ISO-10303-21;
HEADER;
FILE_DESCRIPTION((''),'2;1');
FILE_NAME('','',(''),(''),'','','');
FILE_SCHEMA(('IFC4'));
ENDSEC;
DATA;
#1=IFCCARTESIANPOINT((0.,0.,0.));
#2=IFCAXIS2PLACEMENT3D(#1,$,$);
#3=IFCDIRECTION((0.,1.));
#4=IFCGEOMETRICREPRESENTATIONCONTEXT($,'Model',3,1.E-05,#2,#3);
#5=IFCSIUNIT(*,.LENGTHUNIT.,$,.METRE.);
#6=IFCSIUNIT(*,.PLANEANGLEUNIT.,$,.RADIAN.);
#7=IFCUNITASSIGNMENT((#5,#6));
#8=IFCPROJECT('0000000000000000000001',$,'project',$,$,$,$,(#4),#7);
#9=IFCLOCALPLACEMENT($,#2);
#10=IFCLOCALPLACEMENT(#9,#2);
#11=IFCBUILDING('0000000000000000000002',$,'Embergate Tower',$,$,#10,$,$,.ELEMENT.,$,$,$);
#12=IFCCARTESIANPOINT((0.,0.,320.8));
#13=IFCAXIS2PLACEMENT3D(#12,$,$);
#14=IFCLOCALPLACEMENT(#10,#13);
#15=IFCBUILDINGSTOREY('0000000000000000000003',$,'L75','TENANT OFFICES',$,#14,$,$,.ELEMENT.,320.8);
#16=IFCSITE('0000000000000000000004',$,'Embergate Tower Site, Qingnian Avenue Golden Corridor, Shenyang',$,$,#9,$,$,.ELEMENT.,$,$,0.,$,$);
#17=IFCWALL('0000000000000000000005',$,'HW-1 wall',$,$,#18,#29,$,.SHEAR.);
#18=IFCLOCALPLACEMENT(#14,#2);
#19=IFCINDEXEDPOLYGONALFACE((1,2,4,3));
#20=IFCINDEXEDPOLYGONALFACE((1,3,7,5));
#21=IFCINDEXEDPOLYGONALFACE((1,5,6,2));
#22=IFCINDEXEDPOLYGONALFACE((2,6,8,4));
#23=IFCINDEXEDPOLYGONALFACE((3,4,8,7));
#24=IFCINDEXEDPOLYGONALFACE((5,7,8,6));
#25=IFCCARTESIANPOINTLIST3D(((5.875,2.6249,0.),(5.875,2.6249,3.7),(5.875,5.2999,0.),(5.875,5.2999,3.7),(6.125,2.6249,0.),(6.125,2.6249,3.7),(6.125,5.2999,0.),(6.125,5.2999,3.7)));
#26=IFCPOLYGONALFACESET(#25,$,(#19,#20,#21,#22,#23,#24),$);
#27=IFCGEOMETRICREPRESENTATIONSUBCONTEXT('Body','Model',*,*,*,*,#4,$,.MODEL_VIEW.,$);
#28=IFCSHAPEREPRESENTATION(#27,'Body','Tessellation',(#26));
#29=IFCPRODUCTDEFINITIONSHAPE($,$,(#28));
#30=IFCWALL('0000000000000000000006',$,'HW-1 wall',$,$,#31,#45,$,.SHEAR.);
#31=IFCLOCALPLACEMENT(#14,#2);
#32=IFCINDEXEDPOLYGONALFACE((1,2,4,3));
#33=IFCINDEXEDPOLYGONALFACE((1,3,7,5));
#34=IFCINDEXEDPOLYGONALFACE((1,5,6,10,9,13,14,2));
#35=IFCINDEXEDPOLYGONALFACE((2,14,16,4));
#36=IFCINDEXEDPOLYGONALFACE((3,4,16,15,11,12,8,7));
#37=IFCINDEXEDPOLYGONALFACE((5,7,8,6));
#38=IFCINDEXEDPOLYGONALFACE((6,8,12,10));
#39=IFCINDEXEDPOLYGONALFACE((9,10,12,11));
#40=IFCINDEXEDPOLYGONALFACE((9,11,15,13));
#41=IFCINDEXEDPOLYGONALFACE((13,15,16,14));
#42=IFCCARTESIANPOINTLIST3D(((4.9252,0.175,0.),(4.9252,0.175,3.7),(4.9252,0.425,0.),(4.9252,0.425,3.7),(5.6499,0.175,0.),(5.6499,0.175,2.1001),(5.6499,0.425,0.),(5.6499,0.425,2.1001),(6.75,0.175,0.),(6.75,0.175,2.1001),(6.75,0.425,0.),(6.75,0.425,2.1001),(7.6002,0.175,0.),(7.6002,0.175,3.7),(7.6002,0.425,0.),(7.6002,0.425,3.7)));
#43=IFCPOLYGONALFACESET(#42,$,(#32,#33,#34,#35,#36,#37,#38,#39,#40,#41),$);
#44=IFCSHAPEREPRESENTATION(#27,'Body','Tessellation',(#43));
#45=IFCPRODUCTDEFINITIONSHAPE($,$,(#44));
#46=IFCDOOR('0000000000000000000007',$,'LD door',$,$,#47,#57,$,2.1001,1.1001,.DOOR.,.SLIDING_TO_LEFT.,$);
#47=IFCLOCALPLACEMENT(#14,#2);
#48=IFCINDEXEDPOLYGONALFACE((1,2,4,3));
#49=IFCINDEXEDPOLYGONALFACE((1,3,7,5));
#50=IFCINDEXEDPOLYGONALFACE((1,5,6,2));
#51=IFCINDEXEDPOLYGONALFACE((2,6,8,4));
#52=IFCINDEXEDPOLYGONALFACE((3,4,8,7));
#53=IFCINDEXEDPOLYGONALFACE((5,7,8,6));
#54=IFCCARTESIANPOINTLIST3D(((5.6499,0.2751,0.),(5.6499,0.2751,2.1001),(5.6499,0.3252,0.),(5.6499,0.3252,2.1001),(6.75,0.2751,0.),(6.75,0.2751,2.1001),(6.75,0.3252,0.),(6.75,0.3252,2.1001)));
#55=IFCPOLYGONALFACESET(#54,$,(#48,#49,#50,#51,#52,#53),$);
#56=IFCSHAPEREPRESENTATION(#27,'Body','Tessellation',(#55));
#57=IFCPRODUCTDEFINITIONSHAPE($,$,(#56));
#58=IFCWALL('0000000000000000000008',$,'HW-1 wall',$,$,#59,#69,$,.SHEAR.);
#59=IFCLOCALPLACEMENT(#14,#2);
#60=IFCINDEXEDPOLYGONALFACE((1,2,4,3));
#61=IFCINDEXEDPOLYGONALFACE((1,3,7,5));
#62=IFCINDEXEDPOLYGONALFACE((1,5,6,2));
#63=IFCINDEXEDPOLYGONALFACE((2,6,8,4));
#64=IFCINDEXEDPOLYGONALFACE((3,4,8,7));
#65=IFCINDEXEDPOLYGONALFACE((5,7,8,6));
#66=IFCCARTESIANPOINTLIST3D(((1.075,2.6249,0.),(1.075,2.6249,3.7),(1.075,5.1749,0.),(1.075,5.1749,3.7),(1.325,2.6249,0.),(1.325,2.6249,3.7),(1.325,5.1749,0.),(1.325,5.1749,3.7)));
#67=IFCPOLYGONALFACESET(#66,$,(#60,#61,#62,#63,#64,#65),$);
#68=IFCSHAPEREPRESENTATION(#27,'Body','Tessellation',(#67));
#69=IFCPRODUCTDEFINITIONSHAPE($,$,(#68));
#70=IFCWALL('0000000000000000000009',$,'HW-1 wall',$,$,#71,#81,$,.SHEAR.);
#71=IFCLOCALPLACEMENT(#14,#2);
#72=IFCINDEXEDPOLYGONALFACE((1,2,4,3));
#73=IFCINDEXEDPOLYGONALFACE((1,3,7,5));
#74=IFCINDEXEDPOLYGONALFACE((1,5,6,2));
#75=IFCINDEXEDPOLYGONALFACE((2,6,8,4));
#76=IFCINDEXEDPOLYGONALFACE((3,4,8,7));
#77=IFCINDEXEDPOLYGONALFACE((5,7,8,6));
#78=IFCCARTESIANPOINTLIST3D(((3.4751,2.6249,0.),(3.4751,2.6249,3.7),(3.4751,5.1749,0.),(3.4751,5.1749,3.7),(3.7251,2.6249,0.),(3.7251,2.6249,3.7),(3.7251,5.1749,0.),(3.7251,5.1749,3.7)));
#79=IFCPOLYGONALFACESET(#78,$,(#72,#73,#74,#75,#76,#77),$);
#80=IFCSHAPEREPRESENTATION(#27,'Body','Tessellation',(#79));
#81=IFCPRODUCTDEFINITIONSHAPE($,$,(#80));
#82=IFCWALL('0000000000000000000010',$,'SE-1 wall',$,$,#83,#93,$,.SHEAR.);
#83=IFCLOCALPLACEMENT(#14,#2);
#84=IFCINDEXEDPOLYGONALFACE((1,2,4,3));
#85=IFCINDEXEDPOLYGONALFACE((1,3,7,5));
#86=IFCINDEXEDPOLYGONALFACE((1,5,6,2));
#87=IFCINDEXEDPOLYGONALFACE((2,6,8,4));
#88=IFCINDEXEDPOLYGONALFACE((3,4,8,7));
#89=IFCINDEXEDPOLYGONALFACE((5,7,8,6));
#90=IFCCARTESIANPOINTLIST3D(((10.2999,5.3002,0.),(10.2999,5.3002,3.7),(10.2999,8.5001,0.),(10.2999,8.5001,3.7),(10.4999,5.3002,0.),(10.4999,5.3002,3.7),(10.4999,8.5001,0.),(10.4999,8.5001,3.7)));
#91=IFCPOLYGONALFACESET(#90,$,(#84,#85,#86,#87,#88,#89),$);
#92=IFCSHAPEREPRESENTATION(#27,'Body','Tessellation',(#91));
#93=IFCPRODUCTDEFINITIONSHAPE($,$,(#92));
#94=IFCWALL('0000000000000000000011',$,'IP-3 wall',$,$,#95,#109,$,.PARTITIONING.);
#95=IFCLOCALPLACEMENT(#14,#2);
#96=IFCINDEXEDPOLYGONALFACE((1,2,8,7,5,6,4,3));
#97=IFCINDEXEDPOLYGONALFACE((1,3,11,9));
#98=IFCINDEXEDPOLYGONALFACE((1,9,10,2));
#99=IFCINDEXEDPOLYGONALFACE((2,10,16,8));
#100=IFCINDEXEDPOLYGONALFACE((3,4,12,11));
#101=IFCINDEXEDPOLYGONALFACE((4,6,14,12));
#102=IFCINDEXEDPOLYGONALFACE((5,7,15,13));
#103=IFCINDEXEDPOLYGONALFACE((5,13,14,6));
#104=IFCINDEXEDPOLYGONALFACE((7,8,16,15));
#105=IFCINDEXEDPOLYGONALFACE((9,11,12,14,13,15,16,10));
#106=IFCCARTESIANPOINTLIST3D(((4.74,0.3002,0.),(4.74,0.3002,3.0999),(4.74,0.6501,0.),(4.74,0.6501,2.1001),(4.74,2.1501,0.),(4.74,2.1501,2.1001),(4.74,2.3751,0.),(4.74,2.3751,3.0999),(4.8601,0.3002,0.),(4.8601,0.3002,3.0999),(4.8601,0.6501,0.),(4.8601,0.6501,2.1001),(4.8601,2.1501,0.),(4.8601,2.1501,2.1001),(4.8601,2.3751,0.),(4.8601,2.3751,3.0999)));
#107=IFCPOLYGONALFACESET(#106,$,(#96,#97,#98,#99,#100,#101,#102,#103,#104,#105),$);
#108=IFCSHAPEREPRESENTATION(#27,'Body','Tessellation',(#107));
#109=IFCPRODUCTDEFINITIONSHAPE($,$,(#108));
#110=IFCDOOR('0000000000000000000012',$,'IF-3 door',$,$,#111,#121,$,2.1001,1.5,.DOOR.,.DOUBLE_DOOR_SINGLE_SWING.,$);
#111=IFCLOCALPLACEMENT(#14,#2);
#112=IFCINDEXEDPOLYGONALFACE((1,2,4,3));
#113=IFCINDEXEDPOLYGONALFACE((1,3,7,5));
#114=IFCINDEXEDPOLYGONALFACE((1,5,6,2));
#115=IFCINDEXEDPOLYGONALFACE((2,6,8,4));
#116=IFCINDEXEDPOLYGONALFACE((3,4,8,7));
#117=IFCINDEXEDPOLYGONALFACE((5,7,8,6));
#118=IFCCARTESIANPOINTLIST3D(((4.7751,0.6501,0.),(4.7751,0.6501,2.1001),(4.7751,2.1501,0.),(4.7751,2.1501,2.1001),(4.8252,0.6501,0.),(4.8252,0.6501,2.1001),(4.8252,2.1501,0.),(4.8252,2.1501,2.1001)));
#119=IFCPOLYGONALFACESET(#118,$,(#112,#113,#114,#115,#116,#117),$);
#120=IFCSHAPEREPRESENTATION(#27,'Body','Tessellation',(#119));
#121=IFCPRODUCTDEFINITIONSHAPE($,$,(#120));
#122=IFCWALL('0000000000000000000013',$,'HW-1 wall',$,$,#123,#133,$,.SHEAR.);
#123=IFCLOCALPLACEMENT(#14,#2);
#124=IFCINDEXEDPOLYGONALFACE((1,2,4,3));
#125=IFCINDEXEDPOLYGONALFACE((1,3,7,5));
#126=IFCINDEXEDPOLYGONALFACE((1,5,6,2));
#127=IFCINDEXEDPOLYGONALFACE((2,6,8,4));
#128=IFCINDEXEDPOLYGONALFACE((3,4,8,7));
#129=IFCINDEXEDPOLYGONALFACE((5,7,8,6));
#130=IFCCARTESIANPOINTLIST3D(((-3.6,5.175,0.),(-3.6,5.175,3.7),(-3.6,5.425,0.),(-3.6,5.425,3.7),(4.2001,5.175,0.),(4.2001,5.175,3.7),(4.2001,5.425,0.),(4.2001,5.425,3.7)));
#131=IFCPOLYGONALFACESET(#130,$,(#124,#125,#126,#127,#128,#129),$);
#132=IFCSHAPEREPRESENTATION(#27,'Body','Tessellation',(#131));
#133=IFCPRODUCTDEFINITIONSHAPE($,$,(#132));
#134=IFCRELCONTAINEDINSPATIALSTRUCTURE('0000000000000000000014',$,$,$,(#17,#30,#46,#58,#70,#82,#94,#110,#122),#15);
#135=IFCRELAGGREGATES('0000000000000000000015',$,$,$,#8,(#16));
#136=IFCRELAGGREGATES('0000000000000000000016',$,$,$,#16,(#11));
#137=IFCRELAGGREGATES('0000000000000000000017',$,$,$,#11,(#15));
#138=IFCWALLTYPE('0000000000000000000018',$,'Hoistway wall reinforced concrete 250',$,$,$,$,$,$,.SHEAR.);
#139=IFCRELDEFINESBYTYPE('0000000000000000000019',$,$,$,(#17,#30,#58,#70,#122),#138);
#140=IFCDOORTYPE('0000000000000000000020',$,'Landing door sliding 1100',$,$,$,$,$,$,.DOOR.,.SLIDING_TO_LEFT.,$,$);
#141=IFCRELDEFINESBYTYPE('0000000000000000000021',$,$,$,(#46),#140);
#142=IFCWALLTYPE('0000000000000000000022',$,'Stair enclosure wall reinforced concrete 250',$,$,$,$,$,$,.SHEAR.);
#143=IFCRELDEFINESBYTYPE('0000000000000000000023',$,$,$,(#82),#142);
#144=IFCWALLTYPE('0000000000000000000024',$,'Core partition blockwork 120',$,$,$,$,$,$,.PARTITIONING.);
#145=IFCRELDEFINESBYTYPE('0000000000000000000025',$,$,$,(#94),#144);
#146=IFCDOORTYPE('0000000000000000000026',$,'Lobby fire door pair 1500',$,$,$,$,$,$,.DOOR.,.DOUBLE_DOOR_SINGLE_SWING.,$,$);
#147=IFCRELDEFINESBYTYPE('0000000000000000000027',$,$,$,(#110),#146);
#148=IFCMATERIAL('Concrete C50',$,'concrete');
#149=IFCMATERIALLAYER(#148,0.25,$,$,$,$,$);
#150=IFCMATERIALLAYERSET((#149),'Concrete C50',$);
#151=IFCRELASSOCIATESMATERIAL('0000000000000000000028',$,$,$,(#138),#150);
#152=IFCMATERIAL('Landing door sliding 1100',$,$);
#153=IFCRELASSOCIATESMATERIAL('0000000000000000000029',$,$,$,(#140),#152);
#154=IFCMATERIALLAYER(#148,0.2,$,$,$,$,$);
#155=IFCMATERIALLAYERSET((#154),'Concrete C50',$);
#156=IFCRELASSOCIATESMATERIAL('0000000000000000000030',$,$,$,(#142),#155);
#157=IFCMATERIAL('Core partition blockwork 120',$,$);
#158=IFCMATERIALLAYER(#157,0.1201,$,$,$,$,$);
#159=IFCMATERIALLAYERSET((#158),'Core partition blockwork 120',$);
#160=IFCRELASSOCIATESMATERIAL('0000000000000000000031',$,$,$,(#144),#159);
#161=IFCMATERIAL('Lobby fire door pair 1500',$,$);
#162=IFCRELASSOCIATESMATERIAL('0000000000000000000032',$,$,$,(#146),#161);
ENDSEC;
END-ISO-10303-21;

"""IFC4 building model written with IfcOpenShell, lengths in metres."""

from ifc_helpers import new_model, si_unit, direction, frame, frame_2d, origin, place, context, subcontext, project, spatial, rectangle, extrude, source, transform, mapped, material, layer, layer_set, type_object, element, fill, save


model = new_model("IFC4")

# Units and contexts
model_context = context("Model", 3, precision=1e-05, world=origin(), true_north=direction((0.0, 1.0)))
body_context = subcontext(model_context, "Body", "Model", "MODEL_VIEW")
ifc_project = project(units=[si_unit("LENGTHUNIT", "METRE"), si_unit("PLANEANGLEUNIT", "RADIAN")], contexts=[model_context])

# Site, building, storey
site_placement = place(None, origin())
site = spatial("IfcSite", under=ifc_project, at=site_placement, Name="Embergate Tower Site, Qingnian Avenue Golden Corridor, Shenyang", CompositionType="ELEMENT", RefElevation=0.0)
building_placement = place(site_placement, origin())
building = spatial("IfcBuilding", under=site, at=building_placement, Name="Embergate Tower", CompositionType="ELEMENT")
storey_placement = place(building_placement, frame((0.0, 0.0, 320.8)))
storey = spatial("IfcBuildingStorey", under=building, at=storey_placement, Name="L75", Description="TENANT OFFICES", CompositionType="ELEMENT", Elevation=320.8)

# Wall
ifc_material_1 = material(Name="Concrete C50", Category="concrete")
ifc_layer_1 = layer(ifc_material_1, 0.25)
ifc_layer_set_1 = layer_set([ifc_layer_1], Name="Concrete C50")
wall_type_1 = type_object("IfcWallType", Name="Hoistway wall reinforced concrete 250", PredefinedType="SHEAR", material=ifc_layer_set_1)
shared_shape_1 = source(origin(), body_context, "Body", "SweptSolid", [
    extrude(rectangle(XDim=2.675, YDim=0.25, at=frame_2d((1.3374, 0.0))), origin(), (0.0, 0.0, 1.0), 3.7),
])
wall_1_placement = place(storey_placement, frame((6.0, 2.625, 0.0), z_axis=(0.0, 0.0, 1.0), x_axis=(0.0, 1.0, 0.0)))
element("IfcWall", 1, at=wall_1_placement, inside=storey, type_object=wall_type_1, Name="HW-1 wall", PredefinedType="SHEAR", context=body_context, shape_type="MappedRepresentation", body=[
    mapped(shared_shape_1, transform((0.0, 0.0, 0.0))),
])

# Wall, opening, door
wall_2_placement = place(storey_placement, frame((7.6001, 0.3, 0.0), z_axis=(0.0, 0.0, 1.0), x_axis=(-1.0, 0.0, 0.0)))
wall_2 = element("IfcWall", 2, at=wall_2_placement, inside=storey, type_object=wall_type_1, Name="HW-1 wall", PredefinedType="SHEAR", context=body_context, shape_type="MappedRepresentation", body=[
    mapped(shared_shape_1, transform((0.0, 0.0, 0.0))),
])
shared_shape_2 = source(origin(), body_context, "Body", "SweptSolid", [
    extrude(rectangle(XDim=1.1001, YDim=2.1001, at=frame_2d((0.55, 1.05))), frame((0.0, 0.135, 0.0), z_axis=(0.0, -1.0, 0.0), x_axis=(1.0, 0.0, 0.0)), (0.0, 0.0, 1.0), 0.27),
])
opening_1_placement = place(wall_2_placement, frame((0.8501, 0.0, 0.0)))
opening_1 = element("IfcOpeningElement", 3, at=opening_1_placement, cuts=wall_2, PredefinedType="OPENING", context=body_context, shape_type="MappedRepresentation", body=[
    mapped(shared_shape_2, transform((0.0, 0.0, 0.0))),
])
ifc_material_2 = material(Name="Landing door sliding 1100")
door_type_1 = type_object("IfcDoorType", Name="Landing door sliding 1100", OperationType="SLIDING_TO_LEFT", PredefinedType="DOOR", material=ifc_material_2)
shared_shape_3 = source(origin(), body_context, "Body", "SweptSolid", [
    extrude(rectangle(XDim=1.1001, YDim=2.1001, at=frame_2d((0.55, 1.05))), frame((0.0, 0.0249, 0.0), z_axis=(0.0, -1.0, 0.0), x_axis=(1.0, 0.0, 0.0)), (0.0, 0.0, 1.0), 0.05),
])
door_1_placement = place(opening_1_placement, origin())
door_1 = element("IfcDoor", 4, at=door_1_placement, inside=storey, type_object=door_type_1, Name="LD door", OperationType="SLIDING_TO_LEFT", OverallHeight=2.1001, OverallWidth=1.1001, PredefinedType="DOOR", context=body_context, shape_type="MappedRepresentation", body=[
    mapped(shared_shape_3, transform((0.0, 0.0, 0.0))),
])
fill(opening_1, door_1)

# Walls
shared_shape_4 = source(origin(), body_context, "Body", "SweptSolid", [
    extrude(rectangle(XDim=2.55, YDim=0.25, at=frame_2d((1.2749, 0.0))), origin(), (0.0, 0.0, 1.0), 3.7),
])
for number, where, z_axis, x_axis, name in (
    (5, (1.2, 2.625, 0.0), (0.0, 0.0, 1.0), (0.0, 1.0, 0.0), "HW-1 wall"),
    (6, (3.6001, 2.625, 0.0), (0.0, 0.0, 1.0), (0.0, 1.0, 0.0), "HW-1 wall"),
):
    element("IfcWall", number, at=place(storey_placement, frame(where, z_axis=z_axis, x_axis=x_axis)), inside=storey, type_object=wall_type_1, Name=name, PredefinedType="SHEAR", context=body_context, shape_type="MappedRepresentation", body=[
        mapped(shared_shape_4, transform((0.0, 0.0, 0.0))),
    ])
ifc_layer_2 = layer(ifc_material_1, 0.2)
ifc_layer_set_2 = layer_set([ifc_layer_2], Name="Concrete C50")
wall_type_2 = type_object("IfcWallType", Name="Stair enclosure wall reinforced concrete 250", PredefinedType="SHEAR", material=ifc_layer_set_2)
shared_shape_5 = source(origin(), body_context, "Body", "SweptSolid", [
    extrude(rectangle(XDim=3.2, YDim=0.2, at=frame_2d((1.6001, 0.0))), origin(), (0.0, 0.0, 1.0), 3.7),
])
wall_3_placement = place(storey_placement, frame((10.3999, 5.3, 0.0), z_axis=(0.0, 0.0, 1.0), x_axis=(0.0, 1.0, 0.0)))
element("IfcWall", 7, at=wall_3_placement, inside=storey, type_object=wall_type_2, Name="SE-1 wall", PredefinedType="SHEAR", context=body_context, shape_type="MappedRepresentation", body=[
    mapped(shared_shape_5, transform((0.0, 0.0, 0.0))),
])

# Wall, opening, door
ifc_material_3 = material(Name="Core partition blockwork 120")
ifc_layer_3 = layer(ifc_material_3, 0.1201)
ifc_layer_set_3 = layer_set([ifc_layer_3], Name="Core partition blockwork 120")
wall_type_3 = type_object("IfcWallType", Name="Core partition blockwork 120", PredefinedType="PARTITIONING", material=ifc_layer_set_3)
shared_shape_6 = source(origin(), body_context, "Body", "SweptSolid", [
    extrude(rectangle(XDim=2.075, YDim=0.1201, at=frame_2d((1.0376, 0.0))), origin(), (0.0, 0.0, 1.0), 3.0999),
])
wall_4_placement = place(storey_placement, frame((4.8, 0.3, 0.0), z_axis=(0.0, 0.0, 1.0), x_axis=(0.0, 1.0, 0.0)))
wall_4 = element("IfcWall", 8, at=wall_4_placement, inside=storey, type_object=wall_type_3, Name="IP-3 wall", PredefinedType="PARTITIONING", context=body_context, shape_type="MappedRepresentation", body=[
    mapped(shared_shape_6, transform((0.0, 0.0, 0.0))),
])
shared_shape_7 = source(origin(), body_context, "Body", "SweptSolid", [
    extrude(rectangle(XDim=1.5, YDim=2.1001, at=frame_2d((0.75, 1.05))), frame((0.0, 0.0701, 0.0), z_axis=(0.0, -1.0, 0.0), x_axis=(1.0, 0.0, 0.0)), (0.0, 0.0, 1.0), 0.1401),
])
opening_2_placement = place(wall_4_placement, frame((0.3501, 0.0, 0.0)))
opening_2 = element("IfcOpeningElement", 9, at=opening_2_placement, cuts=wall_4, PredefinedType="OPENING", context=body_context, shape_type="MappedRepresentation", body=[
    mapped(shared_shape_7, transform((0.0, 0.0, 0.0))),
])
ifc_material_4 = material(Name="Lobby fire door pair 1500")
door_type_2 = type_object("IfcDoorType", Name="Lobby fire door pair 1500", OperationType="DOUBLE_DOOR_SINGLE_SWING", PredefinedType="DOOR", material=ifc_material_4)
shared_shape_8 = source(origin(), body_context, "Body", "SweptSolid", [
    extrude(rectangle(XDim=1.5, YDim=2.1001, at=frame_2d((0.75, 1.05))), frame((0.0, 0.0249, 0.0), z_axis=(0.0, -1.0, 0.0), x_axis=(1.0, 0.0, 0.0)), (0.0, 0.0, 1.0), 0.05),
])
door_2_placement = place(opening_2_placement, origin())
door_2 = element("IfcDoor", 10, at=door_2_placement, inside=storey, type_object=door_type_2, Name="IF-3 door", OperationType="DOUBLE_DOOR_SINGLE_SWING", OverallHeight=2.1001, OverallWidth=1.5, PredefinedType="DOOR", context=body_context, shape_type="MappedRepresentation", body=[
    mapped(shared_shape_8, transform((0.0, 0.0, 0.0))),
])
fill(opening_2, door_2)

# Wall
shared_shape_9 = source(origin(), body_context, "Body", "SweptSolid", [
    extrude(rectangle(XDim=7.8, YDim=0.25, at=frame_2d((3.8999, 0.0))), origin(), (0.0, 0.0, 1.0), 3.7),
])
wall_5_placement = place(storey_placement, frame((4.2, 5.3, 0.0), z_axis=(0.0, 0.0, 1.0), x_axis=(-1.0, 0.0, 0.0)))
element("IfcWall", 11, at=wall_5_placement, inside=storey, type_object=wall_type_1, Name="HW-1 wall", PredefinedType="SHEAR", context=body_context, shape_type="MappedRepresentation", body=[
    mapped(shared_shape_9, transform((0.0, 0.0, 0.0))),
])

save(model, "model.ifc")
